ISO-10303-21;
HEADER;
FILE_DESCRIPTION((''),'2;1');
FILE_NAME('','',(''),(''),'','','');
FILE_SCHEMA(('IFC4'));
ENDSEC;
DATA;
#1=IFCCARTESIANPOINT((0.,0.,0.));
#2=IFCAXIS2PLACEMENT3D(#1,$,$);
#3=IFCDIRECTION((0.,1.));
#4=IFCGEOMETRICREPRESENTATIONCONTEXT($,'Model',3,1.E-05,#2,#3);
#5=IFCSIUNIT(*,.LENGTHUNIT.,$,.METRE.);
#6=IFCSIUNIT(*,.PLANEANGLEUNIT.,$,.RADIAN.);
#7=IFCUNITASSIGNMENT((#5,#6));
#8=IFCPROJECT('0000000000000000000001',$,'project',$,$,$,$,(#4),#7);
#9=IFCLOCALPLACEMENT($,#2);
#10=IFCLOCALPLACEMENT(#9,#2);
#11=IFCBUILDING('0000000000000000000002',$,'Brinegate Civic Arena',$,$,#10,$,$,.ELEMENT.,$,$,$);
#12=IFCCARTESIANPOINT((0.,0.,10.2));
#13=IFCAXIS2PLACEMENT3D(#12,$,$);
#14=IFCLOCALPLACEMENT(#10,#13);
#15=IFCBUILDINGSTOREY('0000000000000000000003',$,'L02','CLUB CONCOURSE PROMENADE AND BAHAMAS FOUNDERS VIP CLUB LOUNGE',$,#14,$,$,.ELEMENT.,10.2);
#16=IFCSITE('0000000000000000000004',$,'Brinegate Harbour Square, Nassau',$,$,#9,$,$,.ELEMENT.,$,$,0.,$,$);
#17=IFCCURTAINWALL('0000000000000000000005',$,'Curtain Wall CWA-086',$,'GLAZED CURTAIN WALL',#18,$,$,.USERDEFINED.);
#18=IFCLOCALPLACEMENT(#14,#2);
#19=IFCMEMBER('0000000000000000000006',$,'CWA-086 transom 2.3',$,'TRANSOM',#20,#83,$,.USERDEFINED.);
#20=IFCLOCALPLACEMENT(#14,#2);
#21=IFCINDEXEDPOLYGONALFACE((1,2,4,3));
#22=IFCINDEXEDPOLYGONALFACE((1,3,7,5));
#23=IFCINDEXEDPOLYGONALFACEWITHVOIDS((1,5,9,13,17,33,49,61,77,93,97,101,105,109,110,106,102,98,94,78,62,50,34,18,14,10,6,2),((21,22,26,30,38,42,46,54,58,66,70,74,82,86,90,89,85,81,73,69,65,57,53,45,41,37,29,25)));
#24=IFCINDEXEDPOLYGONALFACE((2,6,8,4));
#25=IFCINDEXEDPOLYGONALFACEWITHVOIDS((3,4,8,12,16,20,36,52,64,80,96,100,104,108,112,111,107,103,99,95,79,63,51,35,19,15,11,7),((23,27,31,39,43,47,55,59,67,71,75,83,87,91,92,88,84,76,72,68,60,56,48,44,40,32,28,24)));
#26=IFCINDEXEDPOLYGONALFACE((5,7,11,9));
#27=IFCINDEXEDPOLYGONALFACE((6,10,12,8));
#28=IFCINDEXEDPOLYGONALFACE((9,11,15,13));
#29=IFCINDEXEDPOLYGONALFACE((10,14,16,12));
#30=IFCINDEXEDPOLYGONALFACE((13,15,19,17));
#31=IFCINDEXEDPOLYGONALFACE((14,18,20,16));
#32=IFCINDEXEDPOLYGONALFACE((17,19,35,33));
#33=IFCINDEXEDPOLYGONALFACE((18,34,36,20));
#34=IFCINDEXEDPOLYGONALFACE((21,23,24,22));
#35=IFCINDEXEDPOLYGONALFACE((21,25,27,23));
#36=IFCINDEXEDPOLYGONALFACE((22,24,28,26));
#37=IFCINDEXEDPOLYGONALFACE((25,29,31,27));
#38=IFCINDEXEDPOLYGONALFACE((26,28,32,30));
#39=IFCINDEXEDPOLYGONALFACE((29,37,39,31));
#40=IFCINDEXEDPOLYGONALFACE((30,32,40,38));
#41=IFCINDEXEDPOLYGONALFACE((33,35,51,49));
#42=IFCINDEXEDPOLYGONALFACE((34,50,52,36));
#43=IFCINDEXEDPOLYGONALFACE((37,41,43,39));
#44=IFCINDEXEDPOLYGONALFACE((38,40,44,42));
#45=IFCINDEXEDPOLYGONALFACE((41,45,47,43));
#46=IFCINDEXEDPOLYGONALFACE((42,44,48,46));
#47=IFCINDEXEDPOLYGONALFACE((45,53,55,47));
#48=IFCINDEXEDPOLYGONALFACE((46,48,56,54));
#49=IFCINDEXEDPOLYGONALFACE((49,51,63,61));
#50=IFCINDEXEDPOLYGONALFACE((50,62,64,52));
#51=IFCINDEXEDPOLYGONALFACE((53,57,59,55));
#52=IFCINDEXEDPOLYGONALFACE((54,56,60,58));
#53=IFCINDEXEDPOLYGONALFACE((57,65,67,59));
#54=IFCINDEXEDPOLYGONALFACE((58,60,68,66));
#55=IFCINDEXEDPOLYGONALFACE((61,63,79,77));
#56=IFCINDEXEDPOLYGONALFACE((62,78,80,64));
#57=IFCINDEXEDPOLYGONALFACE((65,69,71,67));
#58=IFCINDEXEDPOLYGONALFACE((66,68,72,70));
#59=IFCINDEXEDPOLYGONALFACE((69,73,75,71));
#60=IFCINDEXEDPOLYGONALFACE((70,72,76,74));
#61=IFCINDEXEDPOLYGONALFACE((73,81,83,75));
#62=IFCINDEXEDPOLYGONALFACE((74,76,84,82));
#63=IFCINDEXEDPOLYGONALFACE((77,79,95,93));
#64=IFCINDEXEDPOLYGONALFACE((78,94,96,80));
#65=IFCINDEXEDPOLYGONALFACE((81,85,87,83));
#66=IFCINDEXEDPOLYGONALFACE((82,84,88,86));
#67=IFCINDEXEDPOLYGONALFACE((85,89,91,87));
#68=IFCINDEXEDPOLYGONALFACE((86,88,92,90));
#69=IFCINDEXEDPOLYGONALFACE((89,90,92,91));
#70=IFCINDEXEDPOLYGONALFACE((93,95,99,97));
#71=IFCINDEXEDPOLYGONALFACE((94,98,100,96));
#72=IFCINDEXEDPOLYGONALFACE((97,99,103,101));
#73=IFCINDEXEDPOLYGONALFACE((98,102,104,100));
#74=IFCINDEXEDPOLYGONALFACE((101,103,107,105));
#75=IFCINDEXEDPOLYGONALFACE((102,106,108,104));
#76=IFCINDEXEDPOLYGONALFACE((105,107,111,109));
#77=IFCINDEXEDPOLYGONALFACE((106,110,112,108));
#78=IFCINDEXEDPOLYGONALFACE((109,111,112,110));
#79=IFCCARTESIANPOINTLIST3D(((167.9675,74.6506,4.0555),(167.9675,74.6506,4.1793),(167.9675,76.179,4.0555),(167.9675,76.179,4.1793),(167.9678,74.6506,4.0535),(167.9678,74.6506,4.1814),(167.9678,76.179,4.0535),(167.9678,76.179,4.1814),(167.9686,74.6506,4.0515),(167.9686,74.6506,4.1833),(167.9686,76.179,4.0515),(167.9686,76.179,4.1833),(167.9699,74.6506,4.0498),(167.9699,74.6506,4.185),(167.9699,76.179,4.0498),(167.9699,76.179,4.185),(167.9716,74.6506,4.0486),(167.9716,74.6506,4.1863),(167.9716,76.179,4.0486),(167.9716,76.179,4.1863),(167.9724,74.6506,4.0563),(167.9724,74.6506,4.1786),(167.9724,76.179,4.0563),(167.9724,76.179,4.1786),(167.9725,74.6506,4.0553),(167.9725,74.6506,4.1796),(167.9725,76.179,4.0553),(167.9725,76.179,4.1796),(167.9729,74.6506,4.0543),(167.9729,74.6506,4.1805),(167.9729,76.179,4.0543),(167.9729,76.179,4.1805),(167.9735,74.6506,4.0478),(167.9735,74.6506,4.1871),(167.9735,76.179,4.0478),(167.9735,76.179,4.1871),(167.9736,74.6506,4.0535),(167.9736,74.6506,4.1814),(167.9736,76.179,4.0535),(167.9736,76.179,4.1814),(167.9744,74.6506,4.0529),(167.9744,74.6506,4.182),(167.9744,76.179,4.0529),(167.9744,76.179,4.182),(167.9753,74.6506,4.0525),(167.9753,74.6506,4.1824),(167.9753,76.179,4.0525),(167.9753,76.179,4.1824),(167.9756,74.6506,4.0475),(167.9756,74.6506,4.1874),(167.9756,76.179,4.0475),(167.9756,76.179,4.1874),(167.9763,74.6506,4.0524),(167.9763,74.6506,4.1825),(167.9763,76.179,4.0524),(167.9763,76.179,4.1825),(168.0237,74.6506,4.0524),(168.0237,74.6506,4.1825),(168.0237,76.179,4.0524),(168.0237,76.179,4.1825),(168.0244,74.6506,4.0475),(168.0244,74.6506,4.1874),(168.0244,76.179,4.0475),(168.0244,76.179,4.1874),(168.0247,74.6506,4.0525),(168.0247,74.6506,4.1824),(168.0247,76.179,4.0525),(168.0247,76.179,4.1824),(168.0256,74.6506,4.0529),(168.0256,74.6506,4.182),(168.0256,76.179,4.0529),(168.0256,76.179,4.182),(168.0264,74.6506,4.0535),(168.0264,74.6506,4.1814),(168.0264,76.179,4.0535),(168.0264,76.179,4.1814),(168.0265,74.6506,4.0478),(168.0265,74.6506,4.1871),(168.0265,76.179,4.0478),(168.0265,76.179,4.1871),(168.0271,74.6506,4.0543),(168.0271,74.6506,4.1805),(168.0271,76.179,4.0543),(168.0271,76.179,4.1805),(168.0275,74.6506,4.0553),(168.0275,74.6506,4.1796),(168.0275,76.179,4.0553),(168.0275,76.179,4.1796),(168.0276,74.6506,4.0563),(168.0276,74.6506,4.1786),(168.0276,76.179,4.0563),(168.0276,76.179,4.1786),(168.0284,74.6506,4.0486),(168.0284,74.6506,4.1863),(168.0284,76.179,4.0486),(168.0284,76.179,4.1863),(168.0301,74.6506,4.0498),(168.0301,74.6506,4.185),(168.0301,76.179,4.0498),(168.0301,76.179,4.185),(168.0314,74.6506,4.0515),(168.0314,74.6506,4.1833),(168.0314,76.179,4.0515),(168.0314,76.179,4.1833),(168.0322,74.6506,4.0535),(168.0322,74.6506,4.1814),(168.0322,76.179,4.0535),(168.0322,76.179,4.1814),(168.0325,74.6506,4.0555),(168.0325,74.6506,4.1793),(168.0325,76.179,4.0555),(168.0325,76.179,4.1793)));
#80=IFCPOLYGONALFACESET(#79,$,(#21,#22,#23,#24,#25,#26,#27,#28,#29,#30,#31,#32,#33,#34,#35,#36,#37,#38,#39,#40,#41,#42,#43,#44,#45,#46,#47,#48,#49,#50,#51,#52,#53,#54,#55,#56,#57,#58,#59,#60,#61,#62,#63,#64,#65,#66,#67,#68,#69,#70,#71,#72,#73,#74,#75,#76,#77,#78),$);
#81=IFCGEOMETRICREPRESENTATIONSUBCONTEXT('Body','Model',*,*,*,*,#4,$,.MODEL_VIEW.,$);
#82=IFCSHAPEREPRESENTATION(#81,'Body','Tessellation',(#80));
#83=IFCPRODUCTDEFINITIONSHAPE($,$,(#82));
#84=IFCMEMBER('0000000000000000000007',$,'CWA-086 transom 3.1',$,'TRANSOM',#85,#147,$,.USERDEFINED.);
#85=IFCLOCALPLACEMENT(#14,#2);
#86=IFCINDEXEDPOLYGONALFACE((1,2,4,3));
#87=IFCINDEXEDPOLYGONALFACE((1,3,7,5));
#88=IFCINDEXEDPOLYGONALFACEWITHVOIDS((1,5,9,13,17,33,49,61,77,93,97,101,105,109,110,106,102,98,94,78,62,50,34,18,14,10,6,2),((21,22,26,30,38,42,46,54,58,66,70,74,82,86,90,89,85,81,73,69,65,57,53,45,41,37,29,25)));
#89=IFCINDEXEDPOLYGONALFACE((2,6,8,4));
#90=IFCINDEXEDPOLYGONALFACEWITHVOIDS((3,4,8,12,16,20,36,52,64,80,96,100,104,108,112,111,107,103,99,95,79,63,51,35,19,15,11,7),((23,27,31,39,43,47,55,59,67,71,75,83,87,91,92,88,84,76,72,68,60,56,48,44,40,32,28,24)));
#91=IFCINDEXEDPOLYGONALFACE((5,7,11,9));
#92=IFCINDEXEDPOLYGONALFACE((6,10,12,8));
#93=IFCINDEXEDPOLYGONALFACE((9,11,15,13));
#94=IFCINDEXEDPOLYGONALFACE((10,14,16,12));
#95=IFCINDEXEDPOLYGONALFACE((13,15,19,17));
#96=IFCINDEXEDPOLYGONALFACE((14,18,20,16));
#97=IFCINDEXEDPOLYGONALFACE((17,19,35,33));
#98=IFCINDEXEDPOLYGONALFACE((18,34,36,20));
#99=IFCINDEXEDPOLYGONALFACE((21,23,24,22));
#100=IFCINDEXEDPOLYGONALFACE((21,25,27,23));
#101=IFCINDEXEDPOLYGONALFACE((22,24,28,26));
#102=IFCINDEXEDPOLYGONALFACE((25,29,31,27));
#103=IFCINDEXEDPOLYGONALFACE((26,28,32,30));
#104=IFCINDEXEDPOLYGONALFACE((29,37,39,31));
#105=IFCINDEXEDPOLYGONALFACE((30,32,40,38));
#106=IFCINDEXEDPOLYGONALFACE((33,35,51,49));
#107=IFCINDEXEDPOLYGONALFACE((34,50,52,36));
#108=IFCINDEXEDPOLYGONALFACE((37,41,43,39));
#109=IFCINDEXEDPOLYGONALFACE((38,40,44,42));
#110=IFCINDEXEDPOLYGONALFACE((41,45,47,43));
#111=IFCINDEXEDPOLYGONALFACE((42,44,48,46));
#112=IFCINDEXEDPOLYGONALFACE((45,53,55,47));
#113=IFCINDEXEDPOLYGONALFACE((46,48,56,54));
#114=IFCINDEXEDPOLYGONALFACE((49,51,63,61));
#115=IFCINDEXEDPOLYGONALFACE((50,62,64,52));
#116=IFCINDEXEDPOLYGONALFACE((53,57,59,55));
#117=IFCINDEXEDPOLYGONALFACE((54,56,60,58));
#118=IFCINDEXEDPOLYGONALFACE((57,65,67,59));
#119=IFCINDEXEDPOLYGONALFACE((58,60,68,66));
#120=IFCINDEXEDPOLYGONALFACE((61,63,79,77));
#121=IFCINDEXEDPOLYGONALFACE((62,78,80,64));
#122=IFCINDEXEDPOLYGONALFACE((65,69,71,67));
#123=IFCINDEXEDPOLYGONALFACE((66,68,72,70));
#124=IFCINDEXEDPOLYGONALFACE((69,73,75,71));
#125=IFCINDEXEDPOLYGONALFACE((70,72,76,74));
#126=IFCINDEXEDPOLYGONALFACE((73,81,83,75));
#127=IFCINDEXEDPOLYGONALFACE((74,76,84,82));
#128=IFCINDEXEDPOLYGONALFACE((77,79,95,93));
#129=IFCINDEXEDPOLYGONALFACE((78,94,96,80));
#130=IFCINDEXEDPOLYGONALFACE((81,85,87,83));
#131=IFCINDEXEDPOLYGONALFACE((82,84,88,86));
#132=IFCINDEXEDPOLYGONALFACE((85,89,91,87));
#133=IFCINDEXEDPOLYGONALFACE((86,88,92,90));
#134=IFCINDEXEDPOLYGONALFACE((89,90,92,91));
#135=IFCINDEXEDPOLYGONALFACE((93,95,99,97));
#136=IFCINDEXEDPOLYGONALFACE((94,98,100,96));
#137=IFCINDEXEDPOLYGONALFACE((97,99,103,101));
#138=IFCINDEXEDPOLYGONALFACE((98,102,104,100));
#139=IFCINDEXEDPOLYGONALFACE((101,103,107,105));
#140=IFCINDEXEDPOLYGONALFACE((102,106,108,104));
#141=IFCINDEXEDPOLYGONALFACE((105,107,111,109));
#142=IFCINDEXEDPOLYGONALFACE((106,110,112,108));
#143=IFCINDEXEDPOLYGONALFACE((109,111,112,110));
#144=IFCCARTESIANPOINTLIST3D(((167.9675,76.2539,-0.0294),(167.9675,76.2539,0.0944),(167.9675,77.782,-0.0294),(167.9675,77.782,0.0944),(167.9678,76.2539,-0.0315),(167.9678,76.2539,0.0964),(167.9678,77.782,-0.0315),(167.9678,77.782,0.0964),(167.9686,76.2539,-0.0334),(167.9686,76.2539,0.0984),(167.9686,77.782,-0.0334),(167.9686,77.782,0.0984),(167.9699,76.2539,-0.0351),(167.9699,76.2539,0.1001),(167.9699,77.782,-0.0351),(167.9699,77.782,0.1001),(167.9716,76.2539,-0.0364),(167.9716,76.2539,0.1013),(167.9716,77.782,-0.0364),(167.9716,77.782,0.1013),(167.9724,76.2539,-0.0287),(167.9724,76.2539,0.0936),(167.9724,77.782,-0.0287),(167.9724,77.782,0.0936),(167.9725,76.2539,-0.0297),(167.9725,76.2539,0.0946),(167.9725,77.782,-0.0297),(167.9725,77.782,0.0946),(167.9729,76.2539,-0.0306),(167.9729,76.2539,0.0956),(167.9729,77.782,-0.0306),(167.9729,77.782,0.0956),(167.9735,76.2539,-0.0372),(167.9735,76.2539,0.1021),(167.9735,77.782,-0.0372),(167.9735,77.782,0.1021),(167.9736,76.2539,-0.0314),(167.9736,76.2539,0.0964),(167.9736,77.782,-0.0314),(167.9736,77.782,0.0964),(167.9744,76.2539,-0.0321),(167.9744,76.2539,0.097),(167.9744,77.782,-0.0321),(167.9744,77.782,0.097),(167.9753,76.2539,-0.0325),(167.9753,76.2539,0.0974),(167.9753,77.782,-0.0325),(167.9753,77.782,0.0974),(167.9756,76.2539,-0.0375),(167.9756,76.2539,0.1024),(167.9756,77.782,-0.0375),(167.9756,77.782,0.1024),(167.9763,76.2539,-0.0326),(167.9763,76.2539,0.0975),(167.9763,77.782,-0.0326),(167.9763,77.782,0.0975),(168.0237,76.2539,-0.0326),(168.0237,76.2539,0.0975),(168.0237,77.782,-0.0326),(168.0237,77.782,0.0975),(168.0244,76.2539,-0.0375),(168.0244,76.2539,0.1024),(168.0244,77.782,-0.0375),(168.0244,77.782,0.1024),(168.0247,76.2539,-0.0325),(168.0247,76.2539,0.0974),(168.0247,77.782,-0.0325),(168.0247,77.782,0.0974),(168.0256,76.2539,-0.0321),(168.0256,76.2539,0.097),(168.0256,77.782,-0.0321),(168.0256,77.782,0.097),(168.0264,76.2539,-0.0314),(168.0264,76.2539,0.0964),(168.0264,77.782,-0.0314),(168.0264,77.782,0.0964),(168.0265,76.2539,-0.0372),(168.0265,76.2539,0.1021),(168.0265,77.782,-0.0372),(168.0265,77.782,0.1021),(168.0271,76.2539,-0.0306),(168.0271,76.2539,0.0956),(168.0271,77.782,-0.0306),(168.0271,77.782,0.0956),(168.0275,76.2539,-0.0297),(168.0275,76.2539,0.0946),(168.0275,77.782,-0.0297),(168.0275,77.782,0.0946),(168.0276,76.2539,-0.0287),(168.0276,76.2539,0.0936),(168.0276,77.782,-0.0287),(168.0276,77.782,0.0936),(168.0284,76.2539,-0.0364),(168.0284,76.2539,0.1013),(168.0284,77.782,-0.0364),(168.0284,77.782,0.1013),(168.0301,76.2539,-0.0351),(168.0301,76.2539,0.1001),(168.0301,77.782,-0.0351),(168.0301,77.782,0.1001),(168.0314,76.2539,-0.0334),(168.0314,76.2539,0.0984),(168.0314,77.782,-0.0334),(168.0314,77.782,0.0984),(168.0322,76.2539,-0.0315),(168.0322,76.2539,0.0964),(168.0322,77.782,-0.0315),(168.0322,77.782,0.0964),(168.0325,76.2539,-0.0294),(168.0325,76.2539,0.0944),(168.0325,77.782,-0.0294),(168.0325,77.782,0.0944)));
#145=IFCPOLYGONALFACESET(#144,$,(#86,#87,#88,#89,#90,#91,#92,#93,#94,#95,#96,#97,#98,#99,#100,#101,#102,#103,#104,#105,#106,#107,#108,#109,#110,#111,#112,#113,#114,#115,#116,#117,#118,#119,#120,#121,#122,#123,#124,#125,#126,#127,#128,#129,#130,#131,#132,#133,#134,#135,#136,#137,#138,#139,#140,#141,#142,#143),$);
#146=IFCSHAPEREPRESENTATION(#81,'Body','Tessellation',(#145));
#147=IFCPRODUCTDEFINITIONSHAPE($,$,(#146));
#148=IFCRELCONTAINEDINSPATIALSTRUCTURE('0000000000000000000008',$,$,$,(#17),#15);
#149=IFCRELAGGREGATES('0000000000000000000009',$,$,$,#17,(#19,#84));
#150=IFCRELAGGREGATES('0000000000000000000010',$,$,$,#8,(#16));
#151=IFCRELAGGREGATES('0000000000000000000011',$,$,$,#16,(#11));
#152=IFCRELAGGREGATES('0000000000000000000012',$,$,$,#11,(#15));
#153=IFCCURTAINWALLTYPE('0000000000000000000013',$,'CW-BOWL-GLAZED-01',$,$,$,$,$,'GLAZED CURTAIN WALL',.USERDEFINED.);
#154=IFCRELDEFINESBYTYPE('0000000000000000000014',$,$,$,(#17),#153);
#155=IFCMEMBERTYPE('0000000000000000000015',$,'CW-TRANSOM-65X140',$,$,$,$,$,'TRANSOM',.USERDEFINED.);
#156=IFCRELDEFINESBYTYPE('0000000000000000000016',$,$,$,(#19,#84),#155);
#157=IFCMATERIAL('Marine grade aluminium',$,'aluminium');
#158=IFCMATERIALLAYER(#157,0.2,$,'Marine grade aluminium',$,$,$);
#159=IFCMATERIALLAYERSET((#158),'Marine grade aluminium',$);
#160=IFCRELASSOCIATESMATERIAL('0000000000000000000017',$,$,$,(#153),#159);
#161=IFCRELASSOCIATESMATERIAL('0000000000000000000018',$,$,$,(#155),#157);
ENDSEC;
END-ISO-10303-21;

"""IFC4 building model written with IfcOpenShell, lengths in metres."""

from ifc_helpers import new_model, si_unit, direction, frame, origin, origin_2d, place, context, subcontext, project, spatial, hollow_rectangle, extrude, material, layer, layer_set, material_profile, profile_set, type_object, element, aggregate, save


model = new_model("IFC4")

# Units and contexts
model_context = context("Model", 3, precision=1e-05, world=origin(), true_north=direction((0.0, 1.0)))
body_context = subcontext(model_context, "Body", "Model", "MODEL_VIEW")
ifc_project = project(units=[si_unit("LENGTHUNIT", "METRE"), si_unit("PLANEANGLEUNIT", "RADIAN")], contexts=[model_context])

# Site, building, storey
site_placement = place(None, origin())
site = spatial("IfcSite", under=ifc_project, at=site_placement, Name="Brinegate Harbour Square, Nassau", CompositionType="ELEMENT", RefElevation=0.0)
building_placement = place(site_placement, origin())
building = spatial("IfcBuilding", under=site, at=building_placement, Name="Brinegate Civic Arena", CompositionType="ELEMENT")
storey_placement = place(building_placement, frame((0.0, 0.0, 10.2)))
storey = spatial("IfcBuildingStorey", under=building, at=storey_placement, Name="L02", Description="CLUB CONCOURSE PROMENADE AND BAHAMAS FOUNDERS VIP CLUB LOUNGE", CompositionType="ELEMENT", Elevation=10.2)

# Shared definitions
ifc_material_1 = material(Name="Marine grade aluminium", Category="aluminium")
ifc_layer_1 = layer(ifc_material_1, 0.2, Name="Marine grade aluminium")
ifc_layer_set_1 = layer_set([ifc_layer_1], Name="Marine grade aluminium")
curtain_wall_type = type_object("IfcCurtainWallType", Name="CW-BOWL-GLAZED-01", ElementType="GLAZED CURTAIN WALL", PredefinedType="USERDEFINED", material=ifc_layer_set_1)

# Curtain wall, members
curtain_wall_1_placement = place(storey_placement, origin())
curtain_wall_1 = element("IfcCurtainWall", 1, at=curtain_wall_1_placement, inside=storey, type_object=curtain_wall_type, Name="Curtain Wall CWA-086", ObjectType="GLAZED CURTAIN WALL", PredefinedType="USERDEFINED")
ifc_material_profile_1 = material_profile(ifc_material_1, hollow_rectangle(XDim=0.0649, YDim=0.1399, WallThickness=0.0049, InnerFilletRadius=0.0039, OuterFilletRadius=0.0081, at=origin_2d()), Name="TRN65X140")
ifc_profile_set_1 = profile_set([ifc_material_profile_1], Name="Marine grade aluminium")
member_type_1 = type_object("IfcMemberType", Name="CW-TRANSOM-65X140", ElementType="TRANSOM", PredefinedType="USERDEFINED", material=ifc_profile_set_1)
member_1_placement = place(storey_placement, frame((168.0, 74.6506, 4.1174), z_axis=(0.0, 1.0, 0.0), x_axis=(-1.0, 0.0, 0.0)))
member_1 = element("IfcMember", 2, at=member_1_placement, type_object=member_type_1, Name="CWA-086 transom 2.3", ObjectType="TRANSOM", PredefinedType="USERDEFINED", context=body_context, shape_type="SweptSolid", body=[
    extrude(hollow_rectangle(XDim=0.0649, YDim=0.1399, WallThickness=0.0049, InnerFilletRadius=0.0039, OuterFilletRadius=0.0081, at=origin_2d()), origin(), (0.0, 0.0, 1.0), 1.5283),
])
member_2_placement = place(storey_placement, frame((168.0, 76.2539, 0.0325), z_axis=(0.0, 1.0, 0.0), x_axis=(-1.0, 0.0, 0.0)))
member_2 = element("IfcMember", 3, at=member_2_placement, type_object=member_type_1, Name="CWA-086 transom 3.1", ObjectType="TRANSOM", PredefinedType="USERDEFINED", context=body_context, shape_type="SweptSolid", body=[
    extrude(hollow_rectangle(XDim=0.0649, YDim=0.1399, WallThickness=0.0049, InnerFilletRadius=0.0039, OuterFilletRadius=0.0081, at=origin_2d()), origin(), (0.0, 0.0, 1.0), 1.5281),
])

aggregate(curtain_wall_1, [member_1, member_2])

save(model, "model.ifc")
